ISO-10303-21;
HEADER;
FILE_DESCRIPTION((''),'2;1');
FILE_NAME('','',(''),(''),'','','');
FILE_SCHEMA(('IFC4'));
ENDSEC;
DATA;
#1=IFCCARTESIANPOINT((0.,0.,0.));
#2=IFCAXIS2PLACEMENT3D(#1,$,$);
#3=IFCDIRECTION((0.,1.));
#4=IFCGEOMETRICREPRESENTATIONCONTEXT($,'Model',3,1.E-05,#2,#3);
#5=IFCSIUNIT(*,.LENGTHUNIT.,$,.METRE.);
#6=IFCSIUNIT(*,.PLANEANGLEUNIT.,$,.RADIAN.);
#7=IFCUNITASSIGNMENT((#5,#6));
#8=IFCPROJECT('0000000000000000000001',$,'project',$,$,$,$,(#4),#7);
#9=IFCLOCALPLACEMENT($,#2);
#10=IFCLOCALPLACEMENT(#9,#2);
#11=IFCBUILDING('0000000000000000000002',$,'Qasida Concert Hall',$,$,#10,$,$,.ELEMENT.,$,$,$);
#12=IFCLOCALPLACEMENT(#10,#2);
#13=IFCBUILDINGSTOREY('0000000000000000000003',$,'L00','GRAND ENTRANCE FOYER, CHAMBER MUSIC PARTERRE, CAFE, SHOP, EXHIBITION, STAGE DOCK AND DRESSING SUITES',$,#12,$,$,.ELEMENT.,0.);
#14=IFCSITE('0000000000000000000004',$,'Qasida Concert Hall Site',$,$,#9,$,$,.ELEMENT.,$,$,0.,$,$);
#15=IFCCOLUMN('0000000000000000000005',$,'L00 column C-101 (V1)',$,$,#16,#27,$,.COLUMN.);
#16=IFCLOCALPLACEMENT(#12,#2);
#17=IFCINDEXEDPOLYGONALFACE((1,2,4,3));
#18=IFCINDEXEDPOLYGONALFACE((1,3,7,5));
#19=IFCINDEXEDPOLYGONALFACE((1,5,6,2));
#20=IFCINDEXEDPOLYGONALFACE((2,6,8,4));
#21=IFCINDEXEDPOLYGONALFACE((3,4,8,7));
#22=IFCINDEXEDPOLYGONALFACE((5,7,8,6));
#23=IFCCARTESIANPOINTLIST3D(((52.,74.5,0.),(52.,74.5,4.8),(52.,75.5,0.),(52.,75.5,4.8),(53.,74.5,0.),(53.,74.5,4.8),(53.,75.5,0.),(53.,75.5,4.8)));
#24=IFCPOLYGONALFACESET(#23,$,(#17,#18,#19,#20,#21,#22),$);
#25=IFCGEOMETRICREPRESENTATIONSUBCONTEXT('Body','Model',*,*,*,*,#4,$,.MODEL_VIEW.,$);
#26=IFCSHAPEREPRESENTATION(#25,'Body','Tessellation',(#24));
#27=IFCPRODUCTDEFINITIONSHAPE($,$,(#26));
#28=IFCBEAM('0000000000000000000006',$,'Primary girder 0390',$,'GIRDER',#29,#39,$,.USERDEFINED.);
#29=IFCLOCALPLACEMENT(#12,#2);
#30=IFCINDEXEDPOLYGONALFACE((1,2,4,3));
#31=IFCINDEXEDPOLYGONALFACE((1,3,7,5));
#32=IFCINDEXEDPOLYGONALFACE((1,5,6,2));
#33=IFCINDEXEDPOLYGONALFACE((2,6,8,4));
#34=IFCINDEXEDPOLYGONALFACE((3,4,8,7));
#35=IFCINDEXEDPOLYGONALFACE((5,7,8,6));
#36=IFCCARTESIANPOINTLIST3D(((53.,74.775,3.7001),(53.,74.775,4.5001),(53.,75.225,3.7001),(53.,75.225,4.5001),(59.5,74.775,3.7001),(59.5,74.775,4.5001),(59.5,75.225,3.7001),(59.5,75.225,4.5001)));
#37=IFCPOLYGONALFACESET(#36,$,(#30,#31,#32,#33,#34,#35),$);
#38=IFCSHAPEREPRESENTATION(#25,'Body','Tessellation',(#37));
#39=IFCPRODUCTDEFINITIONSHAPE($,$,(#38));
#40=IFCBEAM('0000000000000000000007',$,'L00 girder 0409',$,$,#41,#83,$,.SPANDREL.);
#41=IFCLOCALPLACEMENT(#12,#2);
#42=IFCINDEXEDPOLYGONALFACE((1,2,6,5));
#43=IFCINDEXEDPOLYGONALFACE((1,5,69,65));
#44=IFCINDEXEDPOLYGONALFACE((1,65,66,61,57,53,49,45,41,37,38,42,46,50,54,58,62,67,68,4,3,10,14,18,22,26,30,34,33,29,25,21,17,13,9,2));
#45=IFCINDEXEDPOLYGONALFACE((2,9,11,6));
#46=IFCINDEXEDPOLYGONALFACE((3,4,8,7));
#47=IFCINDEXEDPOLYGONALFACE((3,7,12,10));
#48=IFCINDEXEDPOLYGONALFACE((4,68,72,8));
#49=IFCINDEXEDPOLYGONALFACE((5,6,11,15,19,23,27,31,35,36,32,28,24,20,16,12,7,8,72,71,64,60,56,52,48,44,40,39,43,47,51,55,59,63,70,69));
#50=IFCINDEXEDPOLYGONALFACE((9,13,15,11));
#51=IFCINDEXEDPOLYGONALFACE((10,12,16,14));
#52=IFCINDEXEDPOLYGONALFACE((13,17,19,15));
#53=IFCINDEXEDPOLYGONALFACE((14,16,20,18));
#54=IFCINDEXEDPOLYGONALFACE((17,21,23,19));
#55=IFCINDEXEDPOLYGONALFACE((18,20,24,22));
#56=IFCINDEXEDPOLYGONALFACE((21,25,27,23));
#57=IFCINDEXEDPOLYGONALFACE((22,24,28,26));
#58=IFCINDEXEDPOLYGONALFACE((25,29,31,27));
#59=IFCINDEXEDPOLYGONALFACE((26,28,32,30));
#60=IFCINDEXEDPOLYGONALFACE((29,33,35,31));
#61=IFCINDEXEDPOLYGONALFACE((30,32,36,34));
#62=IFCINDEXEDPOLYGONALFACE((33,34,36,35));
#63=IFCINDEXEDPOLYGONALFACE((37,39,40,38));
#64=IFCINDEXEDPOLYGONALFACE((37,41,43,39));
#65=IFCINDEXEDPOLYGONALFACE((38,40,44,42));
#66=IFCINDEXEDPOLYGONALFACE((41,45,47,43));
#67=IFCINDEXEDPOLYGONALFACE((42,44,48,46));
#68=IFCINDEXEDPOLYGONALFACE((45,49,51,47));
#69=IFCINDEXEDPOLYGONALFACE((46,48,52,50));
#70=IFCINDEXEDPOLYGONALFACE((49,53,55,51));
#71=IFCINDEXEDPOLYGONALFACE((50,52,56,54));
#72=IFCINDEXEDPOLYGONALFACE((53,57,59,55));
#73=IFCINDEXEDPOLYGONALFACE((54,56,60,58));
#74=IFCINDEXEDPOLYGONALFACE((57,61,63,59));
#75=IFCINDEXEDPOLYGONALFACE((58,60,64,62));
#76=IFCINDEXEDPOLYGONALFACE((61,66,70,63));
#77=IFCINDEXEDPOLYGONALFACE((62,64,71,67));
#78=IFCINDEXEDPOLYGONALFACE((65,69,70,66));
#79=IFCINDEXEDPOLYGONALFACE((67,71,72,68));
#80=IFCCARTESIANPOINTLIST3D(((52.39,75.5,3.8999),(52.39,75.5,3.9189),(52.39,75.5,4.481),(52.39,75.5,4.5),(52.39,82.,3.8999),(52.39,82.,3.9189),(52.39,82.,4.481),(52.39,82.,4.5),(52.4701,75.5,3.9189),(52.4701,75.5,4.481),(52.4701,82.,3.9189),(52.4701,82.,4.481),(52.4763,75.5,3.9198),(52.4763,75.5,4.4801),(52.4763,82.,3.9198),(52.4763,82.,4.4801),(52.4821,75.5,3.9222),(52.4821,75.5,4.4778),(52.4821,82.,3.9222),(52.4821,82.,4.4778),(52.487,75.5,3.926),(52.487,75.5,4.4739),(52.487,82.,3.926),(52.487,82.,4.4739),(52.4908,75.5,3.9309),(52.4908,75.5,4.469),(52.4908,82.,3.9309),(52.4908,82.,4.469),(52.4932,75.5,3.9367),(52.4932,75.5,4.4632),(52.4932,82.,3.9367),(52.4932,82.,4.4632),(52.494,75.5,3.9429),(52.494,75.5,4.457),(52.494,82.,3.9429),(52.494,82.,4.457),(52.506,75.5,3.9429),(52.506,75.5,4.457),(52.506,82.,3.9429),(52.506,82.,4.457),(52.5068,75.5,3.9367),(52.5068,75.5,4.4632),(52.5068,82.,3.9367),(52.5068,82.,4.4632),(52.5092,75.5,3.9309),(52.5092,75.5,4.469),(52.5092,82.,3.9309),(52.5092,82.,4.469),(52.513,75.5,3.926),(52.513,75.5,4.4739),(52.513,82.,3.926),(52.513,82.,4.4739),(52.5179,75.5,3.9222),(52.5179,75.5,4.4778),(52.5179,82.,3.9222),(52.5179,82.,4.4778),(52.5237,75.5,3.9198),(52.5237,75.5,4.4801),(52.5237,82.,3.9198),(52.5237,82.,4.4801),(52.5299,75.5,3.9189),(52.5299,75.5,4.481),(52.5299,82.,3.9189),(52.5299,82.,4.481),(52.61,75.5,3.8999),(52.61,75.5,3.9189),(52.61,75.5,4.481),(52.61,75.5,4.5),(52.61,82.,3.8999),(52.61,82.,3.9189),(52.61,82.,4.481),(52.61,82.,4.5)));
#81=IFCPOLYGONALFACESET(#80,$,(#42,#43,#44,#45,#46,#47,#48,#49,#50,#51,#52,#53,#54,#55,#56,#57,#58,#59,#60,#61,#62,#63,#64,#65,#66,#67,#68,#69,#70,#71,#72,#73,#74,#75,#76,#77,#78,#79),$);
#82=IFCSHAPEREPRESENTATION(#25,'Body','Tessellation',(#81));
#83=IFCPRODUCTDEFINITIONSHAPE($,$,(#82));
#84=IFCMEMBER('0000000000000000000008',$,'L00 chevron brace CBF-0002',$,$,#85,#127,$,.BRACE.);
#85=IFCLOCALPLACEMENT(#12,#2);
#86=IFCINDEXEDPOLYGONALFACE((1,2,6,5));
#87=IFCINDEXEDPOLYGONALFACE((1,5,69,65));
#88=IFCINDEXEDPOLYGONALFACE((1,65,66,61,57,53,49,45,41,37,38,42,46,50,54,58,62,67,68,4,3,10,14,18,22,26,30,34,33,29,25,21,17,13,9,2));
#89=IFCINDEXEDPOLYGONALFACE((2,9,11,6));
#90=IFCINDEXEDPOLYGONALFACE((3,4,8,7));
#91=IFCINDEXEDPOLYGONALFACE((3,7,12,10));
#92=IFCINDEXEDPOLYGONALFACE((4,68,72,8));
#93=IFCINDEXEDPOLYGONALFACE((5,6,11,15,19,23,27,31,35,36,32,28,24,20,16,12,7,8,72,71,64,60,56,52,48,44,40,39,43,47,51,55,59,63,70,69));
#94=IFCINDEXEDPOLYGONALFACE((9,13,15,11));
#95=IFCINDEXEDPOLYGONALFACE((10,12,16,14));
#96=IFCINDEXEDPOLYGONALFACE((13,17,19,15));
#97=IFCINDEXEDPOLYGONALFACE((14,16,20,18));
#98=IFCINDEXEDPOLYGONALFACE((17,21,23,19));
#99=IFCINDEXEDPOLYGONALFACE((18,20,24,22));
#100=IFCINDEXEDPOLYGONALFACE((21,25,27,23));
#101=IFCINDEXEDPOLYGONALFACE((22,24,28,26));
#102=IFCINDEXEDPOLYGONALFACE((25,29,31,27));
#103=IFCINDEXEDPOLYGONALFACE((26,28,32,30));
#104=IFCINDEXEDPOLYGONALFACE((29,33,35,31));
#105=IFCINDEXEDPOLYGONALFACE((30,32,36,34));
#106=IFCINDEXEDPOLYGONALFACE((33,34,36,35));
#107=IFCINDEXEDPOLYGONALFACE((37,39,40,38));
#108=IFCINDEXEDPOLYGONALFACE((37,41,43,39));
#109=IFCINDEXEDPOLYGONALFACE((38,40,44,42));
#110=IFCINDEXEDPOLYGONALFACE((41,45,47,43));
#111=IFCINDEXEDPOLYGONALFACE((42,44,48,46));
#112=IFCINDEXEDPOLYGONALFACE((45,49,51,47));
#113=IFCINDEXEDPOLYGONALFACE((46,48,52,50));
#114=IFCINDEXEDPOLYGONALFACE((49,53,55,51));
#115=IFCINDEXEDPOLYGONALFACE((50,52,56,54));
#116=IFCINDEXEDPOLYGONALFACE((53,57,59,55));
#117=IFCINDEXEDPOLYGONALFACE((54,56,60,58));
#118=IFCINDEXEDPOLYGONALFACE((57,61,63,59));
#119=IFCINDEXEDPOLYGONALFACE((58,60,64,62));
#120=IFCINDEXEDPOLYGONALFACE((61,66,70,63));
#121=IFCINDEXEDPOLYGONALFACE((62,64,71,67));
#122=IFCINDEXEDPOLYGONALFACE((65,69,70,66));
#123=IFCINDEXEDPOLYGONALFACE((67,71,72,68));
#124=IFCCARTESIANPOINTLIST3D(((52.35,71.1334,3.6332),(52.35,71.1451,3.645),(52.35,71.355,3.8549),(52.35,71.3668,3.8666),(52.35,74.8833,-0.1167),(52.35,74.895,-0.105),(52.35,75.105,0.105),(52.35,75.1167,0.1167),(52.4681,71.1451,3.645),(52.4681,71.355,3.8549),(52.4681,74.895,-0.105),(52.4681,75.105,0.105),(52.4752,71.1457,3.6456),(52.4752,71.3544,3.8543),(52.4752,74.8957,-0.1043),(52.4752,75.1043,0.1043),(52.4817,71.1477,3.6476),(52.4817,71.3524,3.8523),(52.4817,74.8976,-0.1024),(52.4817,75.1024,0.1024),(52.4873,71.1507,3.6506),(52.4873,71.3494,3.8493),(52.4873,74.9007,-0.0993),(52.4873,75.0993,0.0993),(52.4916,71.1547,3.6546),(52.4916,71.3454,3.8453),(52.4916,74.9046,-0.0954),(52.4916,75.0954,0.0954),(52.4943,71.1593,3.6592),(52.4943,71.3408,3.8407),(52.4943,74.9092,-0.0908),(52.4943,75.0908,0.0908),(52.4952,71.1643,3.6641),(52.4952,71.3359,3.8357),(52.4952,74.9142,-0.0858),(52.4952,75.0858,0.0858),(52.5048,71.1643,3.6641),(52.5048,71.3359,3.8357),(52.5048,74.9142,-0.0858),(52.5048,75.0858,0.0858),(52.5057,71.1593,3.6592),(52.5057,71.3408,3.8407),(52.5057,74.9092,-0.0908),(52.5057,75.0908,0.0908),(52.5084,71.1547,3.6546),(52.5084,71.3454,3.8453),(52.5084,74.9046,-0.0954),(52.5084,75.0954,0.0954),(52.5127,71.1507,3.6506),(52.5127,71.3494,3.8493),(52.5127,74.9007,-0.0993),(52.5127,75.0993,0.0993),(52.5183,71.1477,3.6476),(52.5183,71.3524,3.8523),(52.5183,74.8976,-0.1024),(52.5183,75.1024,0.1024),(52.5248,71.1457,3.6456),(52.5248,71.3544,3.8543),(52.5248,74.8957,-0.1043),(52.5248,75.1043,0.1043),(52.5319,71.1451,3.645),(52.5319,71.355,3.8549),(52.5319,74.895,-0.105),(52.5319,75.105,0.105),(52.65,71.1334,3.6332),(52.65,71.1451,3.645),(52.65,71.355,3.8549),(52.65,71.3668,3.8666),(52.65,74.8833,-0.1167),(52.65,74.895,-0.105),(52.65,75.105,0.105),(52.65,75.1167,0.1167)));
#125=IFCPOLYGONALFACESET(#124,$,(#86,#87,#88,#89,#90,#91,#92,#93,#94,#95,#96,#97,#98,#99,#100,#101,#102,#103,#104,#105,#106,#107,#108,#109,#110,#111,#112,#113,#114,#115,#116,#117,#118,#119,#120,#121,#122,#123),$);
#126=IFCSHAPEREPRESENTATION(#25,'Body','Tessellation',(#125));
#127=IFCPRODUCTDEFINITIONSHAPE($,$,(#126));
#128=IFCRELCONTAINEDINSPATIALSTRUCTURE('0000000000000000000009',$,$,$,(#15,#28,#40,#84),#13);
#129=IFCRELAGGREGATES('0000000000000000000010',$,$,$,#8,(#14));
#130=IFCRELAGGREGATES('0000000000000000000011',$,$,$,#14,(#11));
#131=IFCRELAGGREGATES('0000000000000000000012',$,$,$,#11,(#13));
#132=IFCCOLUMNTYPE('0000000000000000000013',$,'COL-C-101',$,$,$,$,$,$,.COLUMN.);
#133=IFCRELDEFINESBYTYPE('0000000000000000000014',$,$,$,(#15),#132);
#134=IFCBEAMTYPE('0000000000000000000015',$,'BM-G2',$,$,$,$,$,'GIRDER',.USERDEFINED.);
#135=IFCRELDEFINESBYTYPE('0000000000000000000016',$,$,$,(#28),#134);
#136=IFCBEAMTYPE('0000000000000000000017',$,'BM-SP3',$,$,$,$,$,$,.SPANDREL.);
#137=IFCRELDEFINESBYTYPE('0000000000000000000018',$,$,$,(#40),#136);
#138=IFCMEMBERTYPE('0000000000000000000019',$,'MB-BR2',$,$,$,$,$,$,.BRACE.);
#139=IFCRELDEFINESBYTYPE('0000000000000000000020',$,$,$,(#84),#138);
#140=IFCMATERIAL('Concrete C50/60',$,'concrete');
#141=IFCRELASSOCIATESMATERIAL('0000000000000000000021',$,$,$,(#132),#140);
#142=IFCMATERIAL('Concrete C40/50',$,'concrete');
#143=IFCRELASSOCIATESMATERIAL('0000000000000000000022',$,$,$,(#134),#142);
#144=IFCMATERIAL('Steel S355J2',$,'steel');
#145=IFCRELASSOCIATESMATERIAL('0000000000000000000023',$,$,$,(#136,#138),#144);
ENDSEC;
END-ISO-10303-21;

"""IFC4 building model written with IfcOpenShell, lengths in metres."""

from ifc_helpers import new_model, si_unit, direction, frame, origin, origin_2d, place, context, subcontext, project, spatial, rectangle, i_section, extrude, material, material_profile, profile_set, type_object, element, save


model = new_model("IFC4")

# Units and contexts
model_context = context("Model", 3, precision=1e-05, world=origin(), true_north=direction((0.0, 1.0)))
body_context = subcontext(model_context, "Body", "Model", "MODEL_VIEW")
ifc_project = project(units=[si_unit("LENGTHUNIT", "METRE"), si_unit("PLANEANGLEUNIT", "RADIAN")], contexts=[model_context])

# Site, building, storey
site_placement = place(None, origin())
site = spatial("IfcSite", under=ifc_project, at=site_placement, Name="Qasida Concert Hall Site", CompositionType="ELEMENT", RefElevation=0.0)
building_placement = place(site_placement, origin())
building = spatial("IfcBuilding", under=site, at=building_placement, Name="Qasida Concert Hall", CompositionType="ELEMENT")
storey_placement = place(building_placement, origin())
storey = spatial("IfcBuildingStorey", under=building, at=storey_placement, Name="L00", Description="GRAND ENTRANCE FOYER, CHAMBER MUSIC PARTERRE, CAFE, SHOP, EXHIBITION, STAGE DOCK AND DRESSING SUITES", CompositionType="ELEMENT", Elevation=0.0)

# Column
ifc_material_1 = material(Name="Concrete C50/60", Category="concrete")
ifc_material_profile_1 = material_profile(ifc_material_1, rectangle(XDim=1.0, YDim=1.0, at=origin_2d()), Name="RC 1000x1000")
ifc_profile_set_1 = profile_set([ifc_material_profile_1], Name="Concrete C50/60")
column_type = type_object("IfcColumnType", Name="COL-C-101", PredefinedType="COLUMN", material=ifc_profile_set_1)
column_placement = place(storey_placement, frame((52.5, 75.0, 0.0), z_axis=(0.0, 0.0, 1.0), x_axis=(1.0, 0.0, 0.0)))
element("IfcColumn", 1, at=column_placement, inside=storey, type_object=column_type, Name="L00 column C-101 (V1)", PredefinedType="COLUMN", context=body_context, shape_type="SweptSolid", body=[
    extrude(rectangle(XDim=1.0, YDim=1.0, at=origin_2d()), origin(), (0.0, 0.0, 1.0), 4.8),
])

# Beams
ifc_material_2 = material(Name="Concrete C40/50", Category="concrete")
ifc_material_profile_2 = material_profile(ifc_material_2, rectangle(XDim=0.45, YDim=0.8, at=origin_2d()), Name="RC 450x800")
ifc_profile_set_2 = profile_set([ifc_material_profile_2], Name="Concrete C40/50")
beam_type_1 = type_object("IfcBeamType", Name="BM-G2", ElementType="GIRDER", PredefinedType="USERDEFINED", material=ifc_profile_set_2)
beam_1_placement = place(storey_placement, frame((53.0, 75.0, 4.1001), z_axis=(1.0, 0.0, 0.0), x_axis=(0.0, 1.0, 0.0)))
element("IfcBeam", 2, at=beam_1_placement, inside=storey, type_object=beam_type_1, Name="Primary girder 0390", ObjectType="GIRDER", PredefinedType="USERDEFINED", context=body_context, shape_type="SweptSolid", body=[
    extrude(rectangle(XDim=0.45, YDim=0.8, at=origin_2d()), origin(), (0.0, 0.0, 1.0), 6.5),
])
ifc_material_3 = material(Name="Steel S355J2", Category="steel")
ifc_material_profile_3 = material_profile(ifc_material_3, i_section(OverallWidth=0.22, OverallDepth=0.6001, WebThickness=0.012, FlangeThickness=0.019, FilletRadius=0.0239, at=origin_2d()), Name="IPE 600")
ifc_profile_set_3 = profile_set([ifc_material_profile_3], Name="Steel S355J2")
beam_type_2 = type_object("IfcBeamType", Name="BM-SP3", PredefinedType="SPANDREL", material=ifc_profile_set_3)
beam_2_placement = place(storey_placement, frame((52.5, 75.5, 4.2), z_axis=(0.0, 1.0, 0.0), x_axis=(-1.0, 0.0, 0.0)))
element("IfcBeam", 3, at=beam_2_placement, inside=storey, type_object=beam_type_2, Name="L00 girder 0409", PredefinedType="SPANDREL", context=body_context, shape_type="SweptSolid", body=[
    extrude(i_section(OverallWidth=0.22, OverallDepth=0.6001, WebThickness=0.012, FlangeThickness=0.019, FilletRadius=0.0239, at=origin_2d()), origin(), (0.0, 0.0, 1.0), 6.5),
])

# Member
ifc_material_profile_4 = material_profile(ifc_material_3, i_section(OverallWidth=0.3, OverallDepth=0.3301, WebThickness=0.0095, FlangeThickness=0.0166, FilletRadius=0.0271, at=origin_2d()), Name="HEA 340")
ifc_profile_set_4 = profile_set([ifc_material_profile_4], Name="Steel S355J2")
member_type_1 = type_object("IfcMemberType", Name="MB-BR2", PredefinedType="BRACE", material=ifc_profile_set_4)
member_1_placement = place(storey_placement, frame((52.5, 75.0, 0.0), z_axis=(0.0, -0.707107, 0.707107), x_axis=(1.0, 0.0, 0.0)))
element("IfcMember", 4, at=member_1_placement, inside=storey, type_object=member_type_1, Name="L00 chevron brace CBF-0002", PredefinedType="BRACE", context=body_context, shape_type="SweptSolid", body=[
    extrude(i_section(OverallWidth=0.3, OverallDepth=0.3301, WebThickness=0.0095, FlangeThickness=0.0166, FilletRadius=0.0271, at=origin_2d()), origin(), (0.0, 0.0, 1.0), 5.3032),
])

save(model, "model.ifc")
